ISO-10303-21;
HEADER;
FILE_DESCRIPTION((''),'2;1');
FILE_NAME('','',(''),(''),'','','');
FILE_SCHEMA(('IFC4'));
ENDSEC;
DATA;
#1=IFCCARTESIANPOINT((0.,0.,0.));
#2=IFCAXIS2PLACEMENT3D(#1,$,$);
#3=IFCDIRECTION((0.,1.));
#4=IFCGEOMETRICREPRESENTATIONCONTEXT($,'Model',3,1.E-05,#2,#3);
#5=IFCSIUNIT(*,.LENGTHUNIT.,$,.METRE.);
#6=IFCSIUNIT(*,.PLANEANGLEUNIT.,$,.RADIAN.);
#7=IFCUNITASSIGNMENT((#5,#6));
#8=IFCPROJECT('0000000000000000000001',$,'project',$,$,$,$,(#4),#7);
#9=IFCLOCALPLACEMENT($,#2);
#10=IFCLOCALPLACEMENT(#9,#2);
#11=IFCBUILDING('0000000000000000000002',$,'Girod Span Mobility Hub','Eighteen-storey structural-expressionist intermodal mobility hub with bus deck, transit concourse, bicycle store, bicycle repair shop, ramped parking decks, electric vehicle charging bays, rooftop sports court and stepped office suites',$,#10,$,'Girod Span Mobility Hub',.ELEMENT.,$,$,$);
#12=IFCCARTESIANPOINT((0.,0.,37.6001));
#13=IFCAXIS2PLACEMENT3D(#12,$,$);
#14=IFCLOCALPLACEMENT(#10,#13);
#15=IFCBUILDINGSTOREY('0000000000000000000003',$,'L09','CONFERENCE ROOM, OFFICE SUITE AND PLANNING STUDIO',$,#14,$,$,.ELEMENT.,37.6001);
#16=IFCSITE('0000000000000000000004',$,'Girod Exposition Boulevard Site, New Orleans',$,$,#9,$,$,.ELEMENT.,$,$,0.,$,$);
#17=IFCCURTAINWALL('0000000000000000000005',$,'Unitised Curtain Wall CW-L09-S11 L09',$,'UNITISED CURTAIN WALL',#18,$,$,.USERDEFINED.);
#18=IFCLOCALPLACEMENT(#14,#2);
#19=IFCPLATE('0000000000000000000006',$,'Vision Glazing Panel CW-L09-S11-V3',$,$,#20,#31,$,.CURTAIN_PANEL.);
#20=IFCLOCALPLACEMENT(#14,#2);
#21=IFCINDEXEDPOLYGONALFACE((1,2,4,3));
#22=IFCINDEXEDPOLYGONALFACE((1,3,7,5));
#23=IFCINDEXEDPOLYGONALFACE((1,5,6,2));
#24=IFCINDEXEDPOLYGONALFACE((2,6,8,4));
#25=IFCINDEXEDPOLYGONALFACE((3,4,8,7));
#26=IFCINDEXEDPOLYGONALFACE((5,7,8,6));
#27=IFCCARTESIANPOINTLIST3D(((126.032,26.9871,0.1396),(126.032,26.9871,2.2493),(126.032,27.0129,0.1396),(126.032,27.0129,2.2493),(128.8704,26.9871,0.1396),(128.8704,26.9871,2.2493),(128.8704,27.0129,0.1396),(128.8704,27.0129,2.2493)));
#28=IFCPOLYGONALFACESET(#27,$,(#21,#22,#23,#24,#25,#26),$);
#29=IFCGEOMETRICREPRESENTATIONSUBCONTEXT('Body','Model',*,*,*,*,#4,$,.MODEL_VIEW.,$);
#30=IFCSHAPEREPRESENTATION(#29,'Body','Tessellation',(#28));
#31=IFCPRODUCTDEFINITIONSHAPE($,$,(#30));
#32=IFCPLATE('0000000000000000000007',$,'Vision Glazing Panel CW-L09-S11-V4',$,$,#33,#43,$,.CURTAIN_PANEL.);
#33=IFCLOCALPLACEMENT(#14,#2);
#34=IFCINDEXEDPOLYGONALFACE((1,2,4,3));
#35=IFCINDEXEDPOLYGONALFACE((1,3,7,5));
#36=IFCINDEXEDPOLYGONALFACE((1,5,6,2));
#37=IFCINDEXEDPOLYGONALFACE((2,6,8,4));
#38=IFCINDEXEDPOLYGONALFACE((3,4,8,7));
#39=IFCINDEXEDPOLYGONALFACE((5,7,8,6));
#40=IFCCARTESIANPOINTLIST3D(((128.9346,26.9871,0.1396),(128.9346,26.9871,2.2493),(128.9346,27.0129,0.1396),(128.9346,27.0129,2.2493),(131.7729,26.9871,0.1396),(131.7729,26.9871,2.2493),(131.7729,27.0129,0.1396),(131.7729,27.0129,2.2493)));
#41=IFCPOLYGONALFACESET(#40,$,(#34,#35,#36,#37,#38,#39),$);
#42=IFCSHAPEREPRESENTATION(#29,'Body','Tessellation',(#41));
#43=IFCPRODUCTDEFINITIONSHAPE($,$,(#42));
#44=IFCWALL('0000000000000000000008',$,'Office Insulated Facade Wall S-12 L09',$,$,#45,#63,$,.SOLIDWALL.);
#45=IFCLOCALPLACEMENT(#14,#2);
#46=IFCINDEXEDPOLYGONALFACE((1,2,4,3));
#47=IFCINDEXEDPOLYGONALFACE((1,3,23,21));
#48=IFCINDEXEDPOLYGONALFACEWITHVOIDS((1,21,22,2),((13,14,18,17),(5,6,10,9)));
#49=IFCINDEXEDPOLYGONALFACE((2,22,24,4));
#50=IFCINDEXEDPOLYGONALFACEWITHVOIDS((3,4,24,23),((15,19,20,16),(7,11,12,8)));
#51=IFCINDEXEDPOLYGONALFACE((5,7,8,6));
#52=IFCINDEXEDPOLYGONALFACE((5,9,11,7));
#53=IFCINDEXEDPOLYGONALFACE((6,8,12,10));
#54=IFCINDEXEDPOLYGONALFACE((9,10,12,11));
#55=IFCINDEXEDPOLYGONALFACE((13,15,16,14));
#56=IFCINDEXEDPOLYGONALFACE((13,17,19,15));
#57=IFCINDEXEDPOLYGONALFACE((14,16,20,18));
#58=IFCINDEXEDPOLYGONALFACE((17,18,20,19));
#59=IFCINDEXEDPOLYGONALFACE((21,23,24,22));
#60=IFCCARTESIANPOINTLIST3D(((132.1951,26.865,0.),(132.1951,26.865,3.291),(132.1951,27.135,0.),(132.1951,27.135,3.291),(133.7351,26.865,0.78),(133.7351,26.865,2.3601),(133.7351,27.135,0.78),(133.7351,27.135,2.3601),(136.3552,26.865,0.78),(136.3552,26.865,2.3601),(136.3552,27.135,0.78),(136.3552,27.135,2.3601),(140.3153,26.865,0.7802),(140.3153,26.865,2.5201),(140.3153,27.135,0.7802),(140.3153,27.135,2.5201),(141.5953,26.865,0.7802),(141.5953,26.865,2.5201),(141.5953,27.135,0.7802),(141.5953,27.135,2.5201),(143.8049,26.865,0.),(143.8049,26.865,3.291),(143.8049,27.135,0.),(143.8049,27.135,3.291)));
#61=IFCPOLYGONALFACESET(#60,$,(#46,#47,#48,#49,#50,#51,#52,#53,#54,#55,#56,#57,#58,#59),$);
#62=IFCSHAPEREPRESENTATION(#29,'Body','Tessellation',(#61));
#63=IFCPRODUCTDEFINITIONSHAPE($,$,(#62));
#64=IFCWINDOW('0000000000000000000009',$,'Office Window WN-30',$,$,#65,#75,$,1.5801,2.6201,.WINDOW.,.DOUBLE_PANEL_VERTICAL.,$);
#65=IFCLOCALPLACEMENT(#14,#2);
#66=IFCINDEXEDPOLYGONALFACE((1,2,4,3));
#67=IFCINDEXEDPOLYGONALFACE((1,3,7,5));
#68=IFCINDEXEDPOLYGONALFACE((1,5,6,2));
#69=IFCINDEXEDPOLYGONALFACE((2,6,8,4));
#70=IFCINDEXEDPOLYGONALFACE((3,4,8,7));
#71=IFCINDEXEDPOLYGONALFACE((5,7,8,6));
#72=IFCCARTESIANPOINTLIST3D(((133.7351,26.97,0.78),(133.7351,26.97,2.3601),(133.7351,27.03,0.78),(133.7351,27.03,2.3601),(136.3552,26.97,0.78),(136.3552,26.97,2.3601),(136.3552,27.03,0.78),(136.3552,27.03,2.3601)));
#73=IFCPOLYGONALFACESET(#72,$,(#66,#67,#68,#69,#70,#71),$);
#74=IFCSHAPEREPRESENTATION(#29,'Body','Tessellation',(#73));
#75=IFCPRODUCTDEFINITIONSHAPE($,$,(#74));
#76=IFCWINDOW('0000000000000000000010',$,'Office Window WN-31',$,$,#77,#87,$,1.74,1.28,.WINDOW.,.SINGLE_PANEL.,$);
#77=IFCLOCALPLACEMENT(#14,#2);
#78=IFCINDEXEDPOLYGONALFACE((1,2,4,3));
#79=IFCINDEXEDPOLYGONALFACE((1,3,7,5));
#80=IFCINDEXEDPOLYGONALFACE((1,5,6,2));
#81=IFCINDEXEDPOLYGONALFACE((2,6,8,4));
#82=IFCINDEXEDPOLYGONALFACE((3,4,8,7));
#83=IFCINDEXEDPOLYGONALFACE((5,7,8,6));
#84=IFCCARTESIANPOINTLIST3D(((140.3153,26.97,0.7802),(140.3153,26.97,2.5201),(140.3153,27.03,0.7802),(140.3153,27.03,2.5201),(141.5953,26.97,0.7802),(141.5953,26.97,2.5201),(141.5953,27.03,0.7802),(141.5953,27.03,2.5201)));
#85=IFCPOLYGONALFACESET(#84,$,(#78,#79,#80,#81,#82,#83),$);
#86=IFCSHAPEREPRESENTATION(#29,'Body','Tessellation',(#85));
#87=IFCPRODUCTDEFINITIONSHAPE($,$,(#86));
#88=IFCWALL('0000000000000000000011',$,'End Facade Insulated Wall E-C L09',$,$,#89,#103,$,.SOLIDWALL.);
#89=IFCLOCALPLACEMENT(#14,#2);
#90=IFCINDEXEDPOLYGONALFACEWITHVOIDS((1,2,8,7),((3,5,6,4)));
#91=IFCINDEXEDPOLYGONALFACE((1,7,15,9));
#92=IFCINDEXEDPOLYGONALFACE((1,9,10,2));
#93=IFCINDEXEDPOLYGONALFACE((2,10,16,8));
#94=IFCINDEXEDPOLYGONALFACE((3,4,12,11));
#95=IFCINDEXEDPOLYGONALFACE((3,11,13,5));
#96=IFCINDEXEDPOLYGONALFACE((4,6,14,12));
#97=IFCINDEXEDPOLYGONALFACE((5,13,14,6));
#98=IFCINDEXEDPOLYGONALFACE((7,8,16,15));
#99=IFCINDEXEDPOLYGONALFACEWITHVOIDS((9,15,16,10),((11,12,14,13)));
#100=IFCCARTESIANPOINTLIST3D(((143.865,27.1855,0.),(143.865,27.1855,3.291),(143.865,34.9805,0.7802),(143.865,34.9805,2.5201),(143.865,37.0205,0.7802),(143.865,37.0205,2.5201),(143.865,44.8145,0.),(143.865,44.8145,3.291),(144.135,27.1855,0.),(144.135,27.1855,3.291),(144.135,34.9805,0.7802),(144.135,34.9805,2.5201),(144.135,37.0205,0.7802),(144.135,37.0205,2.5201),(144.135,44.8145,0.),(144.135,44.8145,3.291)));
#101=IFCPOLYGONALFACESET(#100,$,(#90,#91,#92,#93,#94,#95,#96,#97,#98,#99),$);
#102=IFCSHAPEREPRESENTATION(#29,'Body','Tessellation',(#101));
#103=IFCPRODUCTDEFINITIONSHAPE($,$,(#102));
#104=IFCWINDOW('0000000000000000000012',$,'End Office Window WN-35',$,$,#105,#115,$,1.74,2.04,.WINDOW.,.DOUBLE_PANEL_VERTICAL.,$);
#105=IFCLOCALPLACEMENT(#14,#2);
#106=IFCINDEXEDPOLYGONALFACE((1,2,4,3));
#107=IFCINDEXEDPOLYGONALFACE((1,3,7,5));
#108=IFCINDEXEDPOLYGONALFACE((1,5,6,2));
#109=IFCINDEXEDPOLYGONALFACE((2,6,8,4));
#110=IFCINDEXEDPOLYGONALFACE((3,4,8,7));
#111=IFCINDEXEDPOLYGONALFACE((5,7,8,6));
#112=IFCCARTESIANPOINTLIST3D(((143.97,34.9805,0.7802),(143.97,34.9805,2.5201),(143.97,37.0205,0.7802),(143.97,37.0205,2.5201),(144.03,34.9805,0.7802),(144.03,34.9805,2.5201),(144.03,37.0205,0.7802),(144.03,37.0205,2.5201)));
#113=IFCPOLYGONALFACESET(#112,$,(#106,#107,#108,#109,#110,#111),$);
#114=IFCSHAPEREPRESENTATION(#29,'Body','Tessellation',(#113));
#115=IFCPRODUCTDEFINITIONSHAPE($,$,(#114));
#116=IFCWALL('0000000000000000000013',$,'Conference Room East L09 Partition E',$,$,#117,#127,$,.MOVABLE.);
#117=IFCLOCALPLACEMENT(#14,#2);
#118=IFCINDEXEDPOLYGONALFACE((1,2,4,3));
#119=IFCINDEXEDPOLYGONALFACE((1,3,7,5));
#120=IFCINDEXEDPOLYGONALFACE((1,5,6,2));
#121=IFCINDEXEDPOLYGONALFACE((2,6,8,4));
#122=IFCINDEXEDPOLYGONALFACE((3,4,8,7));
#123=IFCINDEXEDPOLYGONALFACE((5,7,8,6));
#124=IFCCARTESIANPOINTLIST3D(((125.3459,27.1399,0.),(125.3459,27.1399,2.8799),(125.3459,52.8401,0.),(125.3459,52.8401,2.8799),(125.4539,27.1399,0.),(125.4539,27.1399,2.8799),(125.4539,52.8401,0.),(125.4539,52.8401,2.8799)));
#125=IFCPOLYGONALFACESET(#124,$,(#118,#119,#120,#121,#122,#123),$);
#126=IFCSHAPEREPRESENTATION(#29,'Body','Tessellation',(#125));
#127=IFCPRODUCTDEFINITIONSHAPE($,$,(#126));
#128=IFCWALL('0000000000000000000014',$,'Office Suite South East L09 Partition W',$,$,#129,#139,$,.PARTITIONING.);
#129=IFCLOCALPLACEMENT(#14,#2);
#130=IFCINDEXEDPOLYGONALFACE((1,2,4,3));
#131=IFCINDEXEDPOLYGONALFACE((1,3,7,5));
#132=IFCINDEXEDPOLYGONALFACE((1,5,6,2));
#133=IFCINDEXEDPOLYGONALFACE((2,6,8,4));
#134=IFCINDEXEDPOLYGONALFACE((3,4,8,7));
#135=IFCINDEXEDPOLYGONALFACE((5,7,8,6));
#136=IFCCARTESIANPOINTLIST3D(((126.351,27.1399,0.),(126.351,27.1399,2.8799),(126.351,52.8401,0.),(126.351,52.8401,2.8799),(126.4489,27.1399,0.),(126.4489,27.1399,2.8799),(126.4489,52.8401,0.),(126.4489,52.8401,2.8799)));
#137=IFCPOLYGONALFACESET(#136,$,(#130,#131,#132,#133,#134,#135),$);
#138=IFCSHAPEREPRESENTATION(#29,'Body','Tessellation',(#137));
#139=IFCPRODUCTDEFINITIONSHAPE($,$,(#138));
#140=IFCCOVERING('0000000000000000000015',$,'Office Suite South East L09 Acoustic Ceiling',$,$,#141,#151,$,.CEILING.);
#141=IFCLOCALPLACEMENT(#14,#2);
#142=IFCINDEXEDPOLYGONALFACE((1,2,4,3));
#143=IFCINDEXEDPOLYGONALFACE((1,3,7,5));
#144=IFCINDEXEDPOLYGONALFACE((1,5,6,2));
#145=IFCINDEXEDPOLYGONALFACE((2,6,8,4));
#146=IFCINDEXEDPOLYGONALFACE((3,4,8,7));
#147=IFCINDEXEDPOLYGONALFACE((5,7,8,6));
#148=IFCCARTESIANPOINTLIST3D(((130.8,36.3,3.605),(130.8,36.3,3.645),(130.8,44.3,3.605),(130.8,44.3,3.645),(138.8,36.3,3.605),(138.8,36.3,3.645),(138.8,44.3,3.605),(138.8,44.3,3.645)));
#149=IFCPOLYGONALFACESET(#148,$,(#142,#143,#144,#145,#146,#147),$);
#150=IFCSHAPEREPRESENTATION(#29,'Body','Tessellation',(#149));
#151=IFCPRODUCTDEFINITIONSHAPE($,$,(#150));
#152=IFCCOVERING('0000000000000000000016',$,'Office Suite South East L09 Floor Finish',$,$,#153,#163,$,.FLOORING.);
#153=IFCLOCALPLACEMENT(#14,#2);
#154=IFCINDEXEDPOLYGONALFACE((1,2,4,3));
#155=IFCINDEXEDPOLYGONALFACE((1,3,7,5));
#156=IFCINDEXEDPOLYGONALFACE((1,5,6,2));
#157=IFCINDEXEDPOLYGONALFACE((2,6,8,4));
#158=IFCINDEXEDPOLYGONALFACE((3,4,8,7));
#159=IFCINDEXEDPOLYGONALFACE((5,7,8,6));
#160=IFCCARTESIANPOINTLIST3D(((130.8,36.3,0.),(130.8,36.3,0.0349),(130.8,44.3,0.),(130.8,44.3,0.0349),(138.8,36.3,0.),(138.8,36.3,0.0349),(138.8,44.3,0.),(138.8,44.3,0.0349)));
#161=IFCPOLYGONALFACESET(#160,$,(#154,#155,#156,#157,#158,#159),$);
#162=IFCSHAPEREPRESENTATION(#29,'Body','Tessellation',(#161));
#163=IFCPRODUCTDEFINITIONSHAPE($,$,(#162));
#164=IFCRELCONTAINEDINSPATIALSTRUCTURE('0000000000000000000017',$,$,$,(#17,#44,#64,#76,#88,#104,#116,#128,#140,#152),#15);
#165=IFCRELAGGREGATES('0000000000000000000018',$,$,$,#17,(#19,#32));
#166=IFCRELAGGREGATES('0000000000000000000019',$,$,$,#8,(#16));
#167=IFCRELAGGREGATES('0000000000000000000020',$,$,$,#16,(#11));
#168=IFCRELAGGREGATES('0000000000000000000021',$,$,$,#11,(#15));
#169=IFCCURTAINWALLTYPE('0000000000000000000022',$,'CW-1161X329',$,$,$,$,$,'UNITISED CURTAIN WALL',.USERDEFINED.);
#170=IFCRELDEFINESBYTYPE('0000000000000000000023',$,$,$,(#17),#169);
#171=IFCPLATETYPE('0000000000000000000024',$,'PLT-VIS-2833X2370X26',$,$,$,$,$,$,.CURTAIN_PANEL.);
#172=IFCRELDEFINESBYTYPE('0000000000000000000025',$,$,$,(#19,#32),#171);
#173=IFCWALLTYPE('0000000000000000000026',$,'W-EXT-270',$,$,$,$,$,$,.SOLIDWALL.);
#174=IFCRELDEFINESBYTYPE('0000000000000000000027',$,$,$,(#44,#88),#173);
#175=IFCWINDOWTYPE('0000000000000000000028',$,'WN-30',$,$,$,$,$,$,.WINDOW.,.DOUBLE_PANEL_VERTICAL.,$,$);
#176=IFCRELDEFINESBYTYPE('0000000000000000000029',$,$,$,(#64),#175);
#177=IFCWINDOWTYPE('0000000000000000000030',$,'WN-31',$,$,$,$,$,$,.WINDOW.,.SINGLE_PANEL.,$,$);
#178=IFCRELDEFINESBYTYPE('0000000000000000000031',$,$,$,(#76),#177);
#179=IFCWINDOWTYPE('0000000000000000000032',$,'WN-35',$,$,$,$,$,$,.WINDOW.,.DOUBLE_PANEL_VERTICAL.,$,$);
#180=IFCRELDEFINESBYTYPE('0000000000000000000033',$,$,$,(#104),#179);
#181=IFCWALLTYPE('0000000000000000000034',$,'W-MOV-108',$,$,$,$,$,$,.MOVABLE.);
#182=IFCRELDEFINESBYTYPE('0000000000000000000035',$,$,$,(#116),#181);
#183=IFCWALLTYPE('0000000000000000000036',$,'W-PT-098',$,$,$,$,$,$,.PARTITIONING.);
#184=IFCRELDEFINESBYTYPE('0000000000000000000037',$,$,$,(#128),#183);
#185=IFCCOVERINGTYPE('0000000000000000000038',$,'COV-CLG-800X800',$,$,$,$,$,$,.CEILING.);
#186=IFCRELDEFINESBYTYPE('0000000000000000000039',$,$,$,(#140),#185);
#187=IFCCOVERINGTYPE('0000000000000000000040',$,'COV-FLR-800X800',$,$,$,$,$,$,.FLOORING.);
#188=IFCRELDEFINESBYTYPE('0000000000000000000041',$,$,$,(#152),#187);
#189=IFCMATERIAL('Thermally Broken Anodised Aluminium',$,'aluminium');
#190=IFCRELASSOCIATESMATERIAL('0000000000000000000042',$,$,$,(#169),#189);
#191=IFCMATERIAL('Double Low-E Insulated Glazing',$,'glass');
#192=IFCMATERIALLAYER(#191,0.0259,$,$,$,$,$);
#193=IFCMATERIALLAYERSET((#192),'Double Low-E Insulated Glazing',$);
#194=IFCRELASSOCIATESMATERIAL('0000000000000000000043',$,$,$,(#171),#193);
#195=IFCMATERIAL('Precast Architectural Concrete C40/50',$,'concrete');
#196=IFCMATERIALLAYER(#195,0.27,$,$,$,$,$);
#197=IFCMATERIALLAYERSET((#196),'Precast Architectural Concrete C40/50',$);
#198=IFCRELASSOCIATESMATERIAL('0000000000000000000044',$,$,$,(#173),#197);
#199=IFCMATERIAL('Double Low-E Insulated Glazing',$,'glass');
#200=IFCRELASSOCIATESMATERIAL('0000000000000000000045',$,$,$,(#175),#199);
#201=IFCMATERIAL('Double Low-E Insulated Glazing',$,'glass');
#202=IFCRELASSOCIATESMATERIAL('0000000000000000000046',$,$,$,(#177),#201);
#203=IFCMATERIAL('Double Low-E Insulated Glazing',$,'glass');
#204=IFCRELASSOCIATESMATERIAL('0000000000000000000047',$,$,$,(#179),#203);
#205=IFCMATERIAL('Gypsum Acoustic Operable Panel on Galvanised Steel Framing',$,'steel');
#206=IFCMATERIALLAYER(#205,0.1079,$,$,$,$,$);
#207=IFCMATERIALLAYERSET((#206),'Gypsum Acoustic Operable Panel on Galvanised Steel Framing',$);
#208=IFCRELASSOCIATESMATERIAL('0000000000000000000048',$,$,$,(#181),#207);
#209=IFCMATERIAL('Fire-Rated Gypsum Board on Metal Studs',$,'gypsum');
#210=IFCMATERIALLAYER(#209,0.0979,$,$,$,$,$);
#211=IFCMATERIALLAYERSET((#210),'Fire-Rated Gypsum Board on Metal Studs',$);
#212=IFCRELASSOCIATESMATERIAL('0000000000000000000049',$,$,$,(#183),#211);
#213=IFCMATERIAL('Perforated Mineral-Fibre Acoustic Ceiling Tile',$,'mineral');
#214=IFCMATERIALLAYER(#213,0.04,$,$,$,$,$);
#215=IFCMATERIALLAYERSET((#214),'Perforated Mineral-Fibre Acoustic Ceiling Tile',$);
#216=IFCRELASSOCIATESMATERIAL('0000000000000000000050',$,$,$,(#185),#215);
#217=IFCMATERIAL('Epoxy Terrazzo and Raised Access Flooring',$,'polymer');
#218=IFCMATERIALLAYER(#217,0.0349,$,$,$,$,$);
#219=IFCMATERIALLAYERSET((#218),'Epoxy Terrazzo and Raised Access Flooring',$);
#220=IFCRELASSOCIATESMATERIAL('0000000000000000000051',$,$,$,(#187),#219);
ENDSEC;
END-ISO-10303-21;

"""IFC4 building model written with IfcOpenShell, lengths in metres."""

from ifc_helpers import new_model, si_unit, direction, frame, frame_2d, origin, origin_2d, place, context, subcontext, project, spatial, rectangle, extrude, material, layer, layer_set, type_object, element, fill, aggregate, save


model = new_model("IFC4")

# Units and contexts
model_context = context("Model", 3, precision=1e-05, world=origin(), true_north=direction((0.0, 1.0)))
body_context = subcontext(model_context, "Body", "Model", "MODEL_VIEW")
ifc_project = project(units=[si_unit("LENGTHUNIT", "METRE"), si_unit("PLANEANGLEUNIT", "RADIAN")], contexts=[model_context])

# Site, building, storey
site_placement = place(None, origin())
site = spatial("IfcSite", under=ifc_project, at=site_placement, Name="Girod Exposition Boulevard Site, New Orleans", CompositionType="ELEMENT", RefElevation=0.0)
building_placement = place(site_placement, origin())
building = spatial("IfcBuilding", under=site, at=building_placement, Name="Girod Span Mobility Hub", Description="Eighteen-storey structural-expressionist intermodal mobility hub with bus deck, transit concourse, bicycle store, bicycle repair shop, ramped parking decks, electric vehicle charging bays, rooftop sports court and stepped office suites", LongName="Girod Span Mobility Hub", CompositionType="ELEMENT")
storey_placement = place(building_placement, frame((0.0, 0.0, 37.6001)))
storey = spatial("IfcBuildingStorey", under=building, at=storey_placement, Name="L09", Description="CONFERENCE ROOM, OFFICE SUITE AND PLANNING STUDIO", CompositionType="ELEMENT", Elevation=37.6001)

# Curtain wall
ifc_material_1 = material(Name="Thermally Broken Anodised Aluminium", Category="aluminium")
curtain_wall_type = type_object("IfcCurtainWallType", Name="CW-1161X329", ElementType="UNITISED CURTAIN WALL", PredefinedType="USERDEFINED", material=ifc_material_1)
curtain_wall_placement = place(storey_placement, origin())
curtain_wall = element("IfcCurtainWall", 1, at=curtain_wall_placement, inside=storey, type_object=curtain_wall_type, Name="Unitised Curtain Wall CW-L09-S11 L09", ObjectType="UNITISED CURTAIN WALL", PredefinedType="USERDEFINED")

# Plates
ifc_material_2 = material(Name="Double Low-E Insulated Glazing", Category="glass")
ifc_layer_1 = layer(ifc_material_2, 0.0259)
ifc_layer_set_1 = layer_set([ifc_layer_1], Name="Double Low-E Insulated Glazing")
plate_type = type_object("IfcPlateType", Name="PLT-VIS-2833X2370X26", PredefinedType="CURTAIN_PANEL", material=ifc_layer_set_1)
plate_1_placement = place(storey_placement, frame((127.4512, 27.0, 0.1396), z_axis=(0.0, 0.0, 1.0), x_axis=(1.0, 0.0, 0.0)))
plate_1 = element("IfcPlate", 2, at=plate_1_placement, type_object=plate_type, Name="Vision Glazing Panel CW-L09-S11-V3", PredefinedType="CURTAIN_PANEL", context=body_context, shape_type="SweptSolid", body=[
    extrude(rectangle(XDim=2.8384, YDim=0.0259, at=origin_2d()), origin(), (0.0, 0.0, 1.0), 2.1096),
])
plate_2_placement = place(storey_placement, frame((130.3538, 27.0, 0.1396), z_axis=(0.0, 0.0, 1.0), x_axis=(1.0, 0.0, 0.0)))
plate_2 = element("IfcPlate", 3, at=plate_2_placement, type_object=plate_type, Name="Vision Glazing Panel CW-L09-S11-V4", PredefinedType="CURTAIN_PANEL", context=body_context, shape_type="SweptSolid", body=[
    extrude(rectangle(XDim=2.8384, YDim=0.0259, at=origin_2d()), origin(), (0.0, 0.0, 1.0), 2.1096),
])
aggregate(curtain_wall, [plate_1, plate_2])

# Wall, openings, windows
ifc_material_3 = material(Name="Precast Architectural Concrete C40/50", Category="concrete")
ifc_layer_2 = layer(ifc_material_3, 0.27)
ifc_layer_set_2 = layer_set([ifc_layer_2], Name="Precast Architectural Concrete C40/50")
wall_type_1 = type_object("IfcWallType", Name="W-EXT-270", PredefinedType="SOLIDWALL", material=ifc_layer_set_2)
wall_1_placement = place(storey_placement, frame((132.1951, 27.0, 0.0), z_axis=(0.0, 0.0, 1.0), x_axis=(1.0, 0.0, 0.0)))
wall_1 = element("IfcWall", 4, at=wall_1_placement, inside=storey, type_object=wall_type_1, Name="Office Insulated Facade Wall S-12 L09", PredefinedType="SOLIDWALL", context=body_context, shape_type="SweptSolid", body=[
    extrude(rectangle(XDim=11.6099, YDim=0.27, at=frame_2d((5.8049, 0.0))), origin(), (0.0, 0.0, 1.0), 3.291),
])
opening_1_placement = place(wall_1_placement, frame((1.54, 0.0, 0.78)))
opening_1 = element("IfcOpeningElement", 5, at=opening_1_placement, cuts=wall_1, PredefinedType="OPENING", context=body_context, shape_type="SweptSolid", body=[
    extrude(rectangle(XDim=2.6201, YDim=1.5801, at=frame_2d((1.3101, 0.79))), frame((0.0, 0.1499, 0.0), z_axis=(0.0, -1.0, 0.0), x_axis=(1.0, 0.0, 0.0)), (0.0, 0.0, 1.0), 0.3),
])
opening_2_placement = place(wall_1_placement, frame((8.1201, 0.0, 0.78)))
opening_2 = element("IfcOpeningElement", 6, at=opening_2_placement, cuts=wall_1, PredefinedType="OPENING", context=body_context, shape_type="SweptSolid", body=[
    extrude(rectangle(XDim=1.28, YDim=1.74, at=frame_2d((0.6401, 0.8701))), frame((0.0, 0.1499, 0.0), z_axis=(0.0, -1.0, 0.0), x_axis=(1.0, 0.0, 0.0)), (0.0, 0.0, 1.0), 0.3),
])
ifc_material_4 = material(Name="Double Low-E Insulated Glazing", Category="glass")
window_type_1 = type_object("IfcWindowType", Name="WN-30", PartitioningType="DOUBLE_PANEL_VERTICAL", PredefinedType="WINDOW", material=ifc_material_4)
window_1_placement = place(opening_1_placement, origin())
window_1 = element("IfcWindow", 7, at=window_1_placement, inside=storey, type_object=window_type_1, Name="Office Window WN-30", OverallHeight=1.5801, OverallWidth=2.6201, PartitioningType="DOUBLE_PANEL_VERTICAL", PredefinedType="WINDOW", context=body_context, shape_type="SweptSolid", body=[
    extrude(rectangle(XDim=2.6201, YDim=1.5801, at=frame_2d((1.3101, 0.79))), frame((0.0, 0.03, 0.0), z_axis=(0.0, -1.0, 0.0), x_axis=(1.0, 0.0, 0.0)), (0.0, 0.0, 1.0), 0.0601),
])
fill(opening_1, window_1)
ifc_material_5 = material(Name="Double Low-E Insulated Glazing", Category="glass")
window_type_2 = type_object("IfcWindowType", Name="WN-31", PartitioningType="SINGLE_PANEL", PredefinedType="WINDOW", material=ifc_material_5)
window_2_placement = place(opening_2_placement, origin())
window_2 = element("IfcWindow", 8, at=window_2_placement, inside=storey, type_object=window_type_2, Name="Office Window WN-31", OverallHeight=1.74, OverallWidth=1.28, PartitioningType="SINGLE_PANEL", PredefinedType="WINDOW", context=body_context, shape_type="SweptSolid", body=[
    extrude(rectangle(XDim=1.28, YDim=1.74, at=frame_2d((0.6401, 0.8701))), frame((0.0, 0.03, 0.0), z_axis=(0.0, -1.0, 0.0), x_axis=(1.0, 0.0, 0.0)), (0.0, 0.0, 1.0), 0.0601),
])
fill(opening_2, window_2)

# Wall, opening, window
wall_2_placement = place(storey_placement, frame((144.0, 27.1855, 0.0), z_axis=(0.0, 0.0, 1.0), x_axis=(0.0, 1.0, 0.0)))
wall_2 = element("IfcWall", 9, at=wall_2_placement, inside=storey, type_object=wall_type_1, Name="End Facade Insulated Wall E-C L09", PredefinedType="SOLIDWALL", context=body_context, shape_type="SweptSolid", body=[
    extrude(rectangle(XDim=17.6289, YDim=0.27, at=frame_2d((8.8145, 0.0))), origin(), (0.0, 0.0, 1.0), 3.291),
])
opening_3_placement = place(wall_2_placement, frame((7.7949, 0.0, 0.78)))
opening_3 = element("IfcOpeningElement", 10, at=opening_3_placement, cuts=wall_2, PredefinedType="OPENING", context=body_context, shape_type="SweptSolid", body=[
    extrude(rectangle(XDim=2.04, YDim=1.74, at=frame_2d((1.02, 0.8701))), frame((0.0, 0.1499, 0.0), z_axis=(0.0, -1.0, 0.0), x_axis=(1.0, 0.0, 0.0)), (0.0, 0.0, 1.0), 0.3),
])
ifc_material_6 = material(Name="Double Low-E Insulated Glazing", Category="glass")
window_type_3 = type_object("IfcWindowType", Name="WN-35", PartitioningType="DOUBLE_PANEL_VERTICAL", PredefinedType="WINDOW", material=ifc_material_6)
window_3_placement = place(opening_3_placement, origin())
window_3 = element("IfcWindow", 11, at=window_3_placement, inside=storey, type_object=window_type_3, Name="End Office Window WN-35", OverallHeight=1.74, OverallWidth=2.04, PartitioningType="DOUBLE_PANEL_VERTICAL", PredefinedType="WINDOW", context=body_context, shape_type="SweptSolid", body=[
    extrude(rectangle(XDim=2.04, YDim=1.74, at=frame_2d((1.02, 0.8701))), frame((0.0, 0.03, 0.0), z_axis=(0.0, -1.0, 0.0), x_axis=(1.0, 0.0, 0.0)), (0.0, 0.0, 1.0), 0.0601),
])
fill(opening_3, window_3)

# Walls
ifc_material_7 = material(Name="Gypsum Acoustic Operable Panel on Galvanised Steel Framing", Category="steel")
ifc_layer_3 = layer(ifc_material_7, 0.1079)
ifc_layer_set_3 = layer_set([ifc_layer_3], Name="Gypsum Acoustic Operable Panel on Galvanised Steel Framing")
wall_type_2 = type_object("IfcWallType", Name="W-MOV-108", PredefinedType="MOVABLE", material=ifc_layer_set_3)
wall_3_placement = place(storey_placement, frame((125.3999, 27.1399, 0.0), z_axis=(0.0, 0.0, 1.0), x_axis=(0.0, 1.0, 0.0)))
element("IfcWall", 12, at=wall_3_placement, inside=storey, type_object=wall_type_2, Name="Conference Room East L09 Partition E", PredefinedType="MOVABLE", context=body_context, shape_type="SweptSolid", body=[
    extrude(rectangle(XDim=25.7002, YDim=0.1079, at=frame_2d((12.8501, 0.0))), origin(), (0.0, 0.0, 1.0), 2.8799),
])
ifc_material_8 = material(Name="Fire-Rated Gypsum Board on Metal Studs", Category="gypsum")
ifc_layer_4 = layer(ifc_material_8, 0.0979)
ifc_layer_set_4 = layer_set([ifc_layer_4], Name="Fire-Rated Gypsum Board on Metal Studs")
wall_type_3 = type_object("IfcWallType", Name="W-PT-098", PredefinedType="PARTITIONING", material=ifc_layer_set_4)
wall_4_placement = place(storey_placement, frame((126.3999, 27.1399, 0.0), z_axis=(0.0, 0.0, 1.0), x_axis=(0.0, 1.0, 0.0)))
element("IfcWall", 13, at=wall_4_placement, inside=storey, type_object=wall_type_3, Name="Office Suite South East L09 Partition W", PredefinedType="PARTITIONING", context=body_context, shape_type="SweptSolid", body=[
    extrude(rectangle(XDim=25.7002, YDim=0.0979, at=frame_2d((12.8501, 0.0))), origin(), (0.0, 0.0, 1.0), 2.8799),
])

# Coverings
ifc_material_9 = material(Name="Perforated Mineral-Fibre Acoustic Ceiling Tile", Category="mineral")
ifc_layer_5 = layer(ifc_material_9, 0.04)
ifc_layer_set_5 = layer_set([ifc_layer_5], Name="Perforated Mineral-Fibre Acoustic Ceiling Tile")
covering_type_1 = type_object("IfcCoveringType", Name="COV-CLG-800X800", PredefinedType="CEILING", material=ifc_layer_set_5)
covering_1_placement = place(storey_placement, frame((134.8, 40.3, 3.605), z_axis=(0.0, 0.0, 1.0), x_axis=(1.0, 0.0, 0.0)))
element("IfcCovering", 14, at=covering_1_placement, inside=storey, type_object=covering_type_1, Name="Office Suite South East L09 Acoustic Ceiling", PredefinedType="CEILING", context=body_context, shape_type="SweptSolid", body=[
    extrude(rectangle(XDim=8.0, YDim=8.0, at=origin_2d()), origin(), (0.0, 0.0, 1.0), 0.04),
])
ifc_material_10 = material(Name="Epoxy Terrazzo and Raised Access Flooring", Category="polymer")
ifc_layer_6 = layer(ifc_material_10, 0.0349)
ifc_layer_set_6 = layer_set([ifc_layer_6], Name="Epoxy Terrazzo and Raised Access Flooring")
covering_type_2 = type_object("IfcCoveringType", Name="COV-FLR-800X800", PredefinedType="FLOORING", material=ifc_layer_set_6)
covering_2_placement = place(storey_placement, frame((134.8, 40.3, 0.0), z_axis=(0.0, 0.0, 1.0), x_axis=(1.0, 0.0, 0.0)))
element("IfcCovering", 15, at=covering_2_placement, inside=storey, type_object=covering_type_2, Name="Office Suite South East L09 Floor Finish", PredefinedType="FLOORING", context=body_context, shape_type="SweptSolid", body=[
    extrude(rectangle(XDim=8.0, YDim=8.0, at=origin_2d()), origin(), (0.0, 0.0, 1.0), 0.0349),
])

save(model, "model.ifc")
